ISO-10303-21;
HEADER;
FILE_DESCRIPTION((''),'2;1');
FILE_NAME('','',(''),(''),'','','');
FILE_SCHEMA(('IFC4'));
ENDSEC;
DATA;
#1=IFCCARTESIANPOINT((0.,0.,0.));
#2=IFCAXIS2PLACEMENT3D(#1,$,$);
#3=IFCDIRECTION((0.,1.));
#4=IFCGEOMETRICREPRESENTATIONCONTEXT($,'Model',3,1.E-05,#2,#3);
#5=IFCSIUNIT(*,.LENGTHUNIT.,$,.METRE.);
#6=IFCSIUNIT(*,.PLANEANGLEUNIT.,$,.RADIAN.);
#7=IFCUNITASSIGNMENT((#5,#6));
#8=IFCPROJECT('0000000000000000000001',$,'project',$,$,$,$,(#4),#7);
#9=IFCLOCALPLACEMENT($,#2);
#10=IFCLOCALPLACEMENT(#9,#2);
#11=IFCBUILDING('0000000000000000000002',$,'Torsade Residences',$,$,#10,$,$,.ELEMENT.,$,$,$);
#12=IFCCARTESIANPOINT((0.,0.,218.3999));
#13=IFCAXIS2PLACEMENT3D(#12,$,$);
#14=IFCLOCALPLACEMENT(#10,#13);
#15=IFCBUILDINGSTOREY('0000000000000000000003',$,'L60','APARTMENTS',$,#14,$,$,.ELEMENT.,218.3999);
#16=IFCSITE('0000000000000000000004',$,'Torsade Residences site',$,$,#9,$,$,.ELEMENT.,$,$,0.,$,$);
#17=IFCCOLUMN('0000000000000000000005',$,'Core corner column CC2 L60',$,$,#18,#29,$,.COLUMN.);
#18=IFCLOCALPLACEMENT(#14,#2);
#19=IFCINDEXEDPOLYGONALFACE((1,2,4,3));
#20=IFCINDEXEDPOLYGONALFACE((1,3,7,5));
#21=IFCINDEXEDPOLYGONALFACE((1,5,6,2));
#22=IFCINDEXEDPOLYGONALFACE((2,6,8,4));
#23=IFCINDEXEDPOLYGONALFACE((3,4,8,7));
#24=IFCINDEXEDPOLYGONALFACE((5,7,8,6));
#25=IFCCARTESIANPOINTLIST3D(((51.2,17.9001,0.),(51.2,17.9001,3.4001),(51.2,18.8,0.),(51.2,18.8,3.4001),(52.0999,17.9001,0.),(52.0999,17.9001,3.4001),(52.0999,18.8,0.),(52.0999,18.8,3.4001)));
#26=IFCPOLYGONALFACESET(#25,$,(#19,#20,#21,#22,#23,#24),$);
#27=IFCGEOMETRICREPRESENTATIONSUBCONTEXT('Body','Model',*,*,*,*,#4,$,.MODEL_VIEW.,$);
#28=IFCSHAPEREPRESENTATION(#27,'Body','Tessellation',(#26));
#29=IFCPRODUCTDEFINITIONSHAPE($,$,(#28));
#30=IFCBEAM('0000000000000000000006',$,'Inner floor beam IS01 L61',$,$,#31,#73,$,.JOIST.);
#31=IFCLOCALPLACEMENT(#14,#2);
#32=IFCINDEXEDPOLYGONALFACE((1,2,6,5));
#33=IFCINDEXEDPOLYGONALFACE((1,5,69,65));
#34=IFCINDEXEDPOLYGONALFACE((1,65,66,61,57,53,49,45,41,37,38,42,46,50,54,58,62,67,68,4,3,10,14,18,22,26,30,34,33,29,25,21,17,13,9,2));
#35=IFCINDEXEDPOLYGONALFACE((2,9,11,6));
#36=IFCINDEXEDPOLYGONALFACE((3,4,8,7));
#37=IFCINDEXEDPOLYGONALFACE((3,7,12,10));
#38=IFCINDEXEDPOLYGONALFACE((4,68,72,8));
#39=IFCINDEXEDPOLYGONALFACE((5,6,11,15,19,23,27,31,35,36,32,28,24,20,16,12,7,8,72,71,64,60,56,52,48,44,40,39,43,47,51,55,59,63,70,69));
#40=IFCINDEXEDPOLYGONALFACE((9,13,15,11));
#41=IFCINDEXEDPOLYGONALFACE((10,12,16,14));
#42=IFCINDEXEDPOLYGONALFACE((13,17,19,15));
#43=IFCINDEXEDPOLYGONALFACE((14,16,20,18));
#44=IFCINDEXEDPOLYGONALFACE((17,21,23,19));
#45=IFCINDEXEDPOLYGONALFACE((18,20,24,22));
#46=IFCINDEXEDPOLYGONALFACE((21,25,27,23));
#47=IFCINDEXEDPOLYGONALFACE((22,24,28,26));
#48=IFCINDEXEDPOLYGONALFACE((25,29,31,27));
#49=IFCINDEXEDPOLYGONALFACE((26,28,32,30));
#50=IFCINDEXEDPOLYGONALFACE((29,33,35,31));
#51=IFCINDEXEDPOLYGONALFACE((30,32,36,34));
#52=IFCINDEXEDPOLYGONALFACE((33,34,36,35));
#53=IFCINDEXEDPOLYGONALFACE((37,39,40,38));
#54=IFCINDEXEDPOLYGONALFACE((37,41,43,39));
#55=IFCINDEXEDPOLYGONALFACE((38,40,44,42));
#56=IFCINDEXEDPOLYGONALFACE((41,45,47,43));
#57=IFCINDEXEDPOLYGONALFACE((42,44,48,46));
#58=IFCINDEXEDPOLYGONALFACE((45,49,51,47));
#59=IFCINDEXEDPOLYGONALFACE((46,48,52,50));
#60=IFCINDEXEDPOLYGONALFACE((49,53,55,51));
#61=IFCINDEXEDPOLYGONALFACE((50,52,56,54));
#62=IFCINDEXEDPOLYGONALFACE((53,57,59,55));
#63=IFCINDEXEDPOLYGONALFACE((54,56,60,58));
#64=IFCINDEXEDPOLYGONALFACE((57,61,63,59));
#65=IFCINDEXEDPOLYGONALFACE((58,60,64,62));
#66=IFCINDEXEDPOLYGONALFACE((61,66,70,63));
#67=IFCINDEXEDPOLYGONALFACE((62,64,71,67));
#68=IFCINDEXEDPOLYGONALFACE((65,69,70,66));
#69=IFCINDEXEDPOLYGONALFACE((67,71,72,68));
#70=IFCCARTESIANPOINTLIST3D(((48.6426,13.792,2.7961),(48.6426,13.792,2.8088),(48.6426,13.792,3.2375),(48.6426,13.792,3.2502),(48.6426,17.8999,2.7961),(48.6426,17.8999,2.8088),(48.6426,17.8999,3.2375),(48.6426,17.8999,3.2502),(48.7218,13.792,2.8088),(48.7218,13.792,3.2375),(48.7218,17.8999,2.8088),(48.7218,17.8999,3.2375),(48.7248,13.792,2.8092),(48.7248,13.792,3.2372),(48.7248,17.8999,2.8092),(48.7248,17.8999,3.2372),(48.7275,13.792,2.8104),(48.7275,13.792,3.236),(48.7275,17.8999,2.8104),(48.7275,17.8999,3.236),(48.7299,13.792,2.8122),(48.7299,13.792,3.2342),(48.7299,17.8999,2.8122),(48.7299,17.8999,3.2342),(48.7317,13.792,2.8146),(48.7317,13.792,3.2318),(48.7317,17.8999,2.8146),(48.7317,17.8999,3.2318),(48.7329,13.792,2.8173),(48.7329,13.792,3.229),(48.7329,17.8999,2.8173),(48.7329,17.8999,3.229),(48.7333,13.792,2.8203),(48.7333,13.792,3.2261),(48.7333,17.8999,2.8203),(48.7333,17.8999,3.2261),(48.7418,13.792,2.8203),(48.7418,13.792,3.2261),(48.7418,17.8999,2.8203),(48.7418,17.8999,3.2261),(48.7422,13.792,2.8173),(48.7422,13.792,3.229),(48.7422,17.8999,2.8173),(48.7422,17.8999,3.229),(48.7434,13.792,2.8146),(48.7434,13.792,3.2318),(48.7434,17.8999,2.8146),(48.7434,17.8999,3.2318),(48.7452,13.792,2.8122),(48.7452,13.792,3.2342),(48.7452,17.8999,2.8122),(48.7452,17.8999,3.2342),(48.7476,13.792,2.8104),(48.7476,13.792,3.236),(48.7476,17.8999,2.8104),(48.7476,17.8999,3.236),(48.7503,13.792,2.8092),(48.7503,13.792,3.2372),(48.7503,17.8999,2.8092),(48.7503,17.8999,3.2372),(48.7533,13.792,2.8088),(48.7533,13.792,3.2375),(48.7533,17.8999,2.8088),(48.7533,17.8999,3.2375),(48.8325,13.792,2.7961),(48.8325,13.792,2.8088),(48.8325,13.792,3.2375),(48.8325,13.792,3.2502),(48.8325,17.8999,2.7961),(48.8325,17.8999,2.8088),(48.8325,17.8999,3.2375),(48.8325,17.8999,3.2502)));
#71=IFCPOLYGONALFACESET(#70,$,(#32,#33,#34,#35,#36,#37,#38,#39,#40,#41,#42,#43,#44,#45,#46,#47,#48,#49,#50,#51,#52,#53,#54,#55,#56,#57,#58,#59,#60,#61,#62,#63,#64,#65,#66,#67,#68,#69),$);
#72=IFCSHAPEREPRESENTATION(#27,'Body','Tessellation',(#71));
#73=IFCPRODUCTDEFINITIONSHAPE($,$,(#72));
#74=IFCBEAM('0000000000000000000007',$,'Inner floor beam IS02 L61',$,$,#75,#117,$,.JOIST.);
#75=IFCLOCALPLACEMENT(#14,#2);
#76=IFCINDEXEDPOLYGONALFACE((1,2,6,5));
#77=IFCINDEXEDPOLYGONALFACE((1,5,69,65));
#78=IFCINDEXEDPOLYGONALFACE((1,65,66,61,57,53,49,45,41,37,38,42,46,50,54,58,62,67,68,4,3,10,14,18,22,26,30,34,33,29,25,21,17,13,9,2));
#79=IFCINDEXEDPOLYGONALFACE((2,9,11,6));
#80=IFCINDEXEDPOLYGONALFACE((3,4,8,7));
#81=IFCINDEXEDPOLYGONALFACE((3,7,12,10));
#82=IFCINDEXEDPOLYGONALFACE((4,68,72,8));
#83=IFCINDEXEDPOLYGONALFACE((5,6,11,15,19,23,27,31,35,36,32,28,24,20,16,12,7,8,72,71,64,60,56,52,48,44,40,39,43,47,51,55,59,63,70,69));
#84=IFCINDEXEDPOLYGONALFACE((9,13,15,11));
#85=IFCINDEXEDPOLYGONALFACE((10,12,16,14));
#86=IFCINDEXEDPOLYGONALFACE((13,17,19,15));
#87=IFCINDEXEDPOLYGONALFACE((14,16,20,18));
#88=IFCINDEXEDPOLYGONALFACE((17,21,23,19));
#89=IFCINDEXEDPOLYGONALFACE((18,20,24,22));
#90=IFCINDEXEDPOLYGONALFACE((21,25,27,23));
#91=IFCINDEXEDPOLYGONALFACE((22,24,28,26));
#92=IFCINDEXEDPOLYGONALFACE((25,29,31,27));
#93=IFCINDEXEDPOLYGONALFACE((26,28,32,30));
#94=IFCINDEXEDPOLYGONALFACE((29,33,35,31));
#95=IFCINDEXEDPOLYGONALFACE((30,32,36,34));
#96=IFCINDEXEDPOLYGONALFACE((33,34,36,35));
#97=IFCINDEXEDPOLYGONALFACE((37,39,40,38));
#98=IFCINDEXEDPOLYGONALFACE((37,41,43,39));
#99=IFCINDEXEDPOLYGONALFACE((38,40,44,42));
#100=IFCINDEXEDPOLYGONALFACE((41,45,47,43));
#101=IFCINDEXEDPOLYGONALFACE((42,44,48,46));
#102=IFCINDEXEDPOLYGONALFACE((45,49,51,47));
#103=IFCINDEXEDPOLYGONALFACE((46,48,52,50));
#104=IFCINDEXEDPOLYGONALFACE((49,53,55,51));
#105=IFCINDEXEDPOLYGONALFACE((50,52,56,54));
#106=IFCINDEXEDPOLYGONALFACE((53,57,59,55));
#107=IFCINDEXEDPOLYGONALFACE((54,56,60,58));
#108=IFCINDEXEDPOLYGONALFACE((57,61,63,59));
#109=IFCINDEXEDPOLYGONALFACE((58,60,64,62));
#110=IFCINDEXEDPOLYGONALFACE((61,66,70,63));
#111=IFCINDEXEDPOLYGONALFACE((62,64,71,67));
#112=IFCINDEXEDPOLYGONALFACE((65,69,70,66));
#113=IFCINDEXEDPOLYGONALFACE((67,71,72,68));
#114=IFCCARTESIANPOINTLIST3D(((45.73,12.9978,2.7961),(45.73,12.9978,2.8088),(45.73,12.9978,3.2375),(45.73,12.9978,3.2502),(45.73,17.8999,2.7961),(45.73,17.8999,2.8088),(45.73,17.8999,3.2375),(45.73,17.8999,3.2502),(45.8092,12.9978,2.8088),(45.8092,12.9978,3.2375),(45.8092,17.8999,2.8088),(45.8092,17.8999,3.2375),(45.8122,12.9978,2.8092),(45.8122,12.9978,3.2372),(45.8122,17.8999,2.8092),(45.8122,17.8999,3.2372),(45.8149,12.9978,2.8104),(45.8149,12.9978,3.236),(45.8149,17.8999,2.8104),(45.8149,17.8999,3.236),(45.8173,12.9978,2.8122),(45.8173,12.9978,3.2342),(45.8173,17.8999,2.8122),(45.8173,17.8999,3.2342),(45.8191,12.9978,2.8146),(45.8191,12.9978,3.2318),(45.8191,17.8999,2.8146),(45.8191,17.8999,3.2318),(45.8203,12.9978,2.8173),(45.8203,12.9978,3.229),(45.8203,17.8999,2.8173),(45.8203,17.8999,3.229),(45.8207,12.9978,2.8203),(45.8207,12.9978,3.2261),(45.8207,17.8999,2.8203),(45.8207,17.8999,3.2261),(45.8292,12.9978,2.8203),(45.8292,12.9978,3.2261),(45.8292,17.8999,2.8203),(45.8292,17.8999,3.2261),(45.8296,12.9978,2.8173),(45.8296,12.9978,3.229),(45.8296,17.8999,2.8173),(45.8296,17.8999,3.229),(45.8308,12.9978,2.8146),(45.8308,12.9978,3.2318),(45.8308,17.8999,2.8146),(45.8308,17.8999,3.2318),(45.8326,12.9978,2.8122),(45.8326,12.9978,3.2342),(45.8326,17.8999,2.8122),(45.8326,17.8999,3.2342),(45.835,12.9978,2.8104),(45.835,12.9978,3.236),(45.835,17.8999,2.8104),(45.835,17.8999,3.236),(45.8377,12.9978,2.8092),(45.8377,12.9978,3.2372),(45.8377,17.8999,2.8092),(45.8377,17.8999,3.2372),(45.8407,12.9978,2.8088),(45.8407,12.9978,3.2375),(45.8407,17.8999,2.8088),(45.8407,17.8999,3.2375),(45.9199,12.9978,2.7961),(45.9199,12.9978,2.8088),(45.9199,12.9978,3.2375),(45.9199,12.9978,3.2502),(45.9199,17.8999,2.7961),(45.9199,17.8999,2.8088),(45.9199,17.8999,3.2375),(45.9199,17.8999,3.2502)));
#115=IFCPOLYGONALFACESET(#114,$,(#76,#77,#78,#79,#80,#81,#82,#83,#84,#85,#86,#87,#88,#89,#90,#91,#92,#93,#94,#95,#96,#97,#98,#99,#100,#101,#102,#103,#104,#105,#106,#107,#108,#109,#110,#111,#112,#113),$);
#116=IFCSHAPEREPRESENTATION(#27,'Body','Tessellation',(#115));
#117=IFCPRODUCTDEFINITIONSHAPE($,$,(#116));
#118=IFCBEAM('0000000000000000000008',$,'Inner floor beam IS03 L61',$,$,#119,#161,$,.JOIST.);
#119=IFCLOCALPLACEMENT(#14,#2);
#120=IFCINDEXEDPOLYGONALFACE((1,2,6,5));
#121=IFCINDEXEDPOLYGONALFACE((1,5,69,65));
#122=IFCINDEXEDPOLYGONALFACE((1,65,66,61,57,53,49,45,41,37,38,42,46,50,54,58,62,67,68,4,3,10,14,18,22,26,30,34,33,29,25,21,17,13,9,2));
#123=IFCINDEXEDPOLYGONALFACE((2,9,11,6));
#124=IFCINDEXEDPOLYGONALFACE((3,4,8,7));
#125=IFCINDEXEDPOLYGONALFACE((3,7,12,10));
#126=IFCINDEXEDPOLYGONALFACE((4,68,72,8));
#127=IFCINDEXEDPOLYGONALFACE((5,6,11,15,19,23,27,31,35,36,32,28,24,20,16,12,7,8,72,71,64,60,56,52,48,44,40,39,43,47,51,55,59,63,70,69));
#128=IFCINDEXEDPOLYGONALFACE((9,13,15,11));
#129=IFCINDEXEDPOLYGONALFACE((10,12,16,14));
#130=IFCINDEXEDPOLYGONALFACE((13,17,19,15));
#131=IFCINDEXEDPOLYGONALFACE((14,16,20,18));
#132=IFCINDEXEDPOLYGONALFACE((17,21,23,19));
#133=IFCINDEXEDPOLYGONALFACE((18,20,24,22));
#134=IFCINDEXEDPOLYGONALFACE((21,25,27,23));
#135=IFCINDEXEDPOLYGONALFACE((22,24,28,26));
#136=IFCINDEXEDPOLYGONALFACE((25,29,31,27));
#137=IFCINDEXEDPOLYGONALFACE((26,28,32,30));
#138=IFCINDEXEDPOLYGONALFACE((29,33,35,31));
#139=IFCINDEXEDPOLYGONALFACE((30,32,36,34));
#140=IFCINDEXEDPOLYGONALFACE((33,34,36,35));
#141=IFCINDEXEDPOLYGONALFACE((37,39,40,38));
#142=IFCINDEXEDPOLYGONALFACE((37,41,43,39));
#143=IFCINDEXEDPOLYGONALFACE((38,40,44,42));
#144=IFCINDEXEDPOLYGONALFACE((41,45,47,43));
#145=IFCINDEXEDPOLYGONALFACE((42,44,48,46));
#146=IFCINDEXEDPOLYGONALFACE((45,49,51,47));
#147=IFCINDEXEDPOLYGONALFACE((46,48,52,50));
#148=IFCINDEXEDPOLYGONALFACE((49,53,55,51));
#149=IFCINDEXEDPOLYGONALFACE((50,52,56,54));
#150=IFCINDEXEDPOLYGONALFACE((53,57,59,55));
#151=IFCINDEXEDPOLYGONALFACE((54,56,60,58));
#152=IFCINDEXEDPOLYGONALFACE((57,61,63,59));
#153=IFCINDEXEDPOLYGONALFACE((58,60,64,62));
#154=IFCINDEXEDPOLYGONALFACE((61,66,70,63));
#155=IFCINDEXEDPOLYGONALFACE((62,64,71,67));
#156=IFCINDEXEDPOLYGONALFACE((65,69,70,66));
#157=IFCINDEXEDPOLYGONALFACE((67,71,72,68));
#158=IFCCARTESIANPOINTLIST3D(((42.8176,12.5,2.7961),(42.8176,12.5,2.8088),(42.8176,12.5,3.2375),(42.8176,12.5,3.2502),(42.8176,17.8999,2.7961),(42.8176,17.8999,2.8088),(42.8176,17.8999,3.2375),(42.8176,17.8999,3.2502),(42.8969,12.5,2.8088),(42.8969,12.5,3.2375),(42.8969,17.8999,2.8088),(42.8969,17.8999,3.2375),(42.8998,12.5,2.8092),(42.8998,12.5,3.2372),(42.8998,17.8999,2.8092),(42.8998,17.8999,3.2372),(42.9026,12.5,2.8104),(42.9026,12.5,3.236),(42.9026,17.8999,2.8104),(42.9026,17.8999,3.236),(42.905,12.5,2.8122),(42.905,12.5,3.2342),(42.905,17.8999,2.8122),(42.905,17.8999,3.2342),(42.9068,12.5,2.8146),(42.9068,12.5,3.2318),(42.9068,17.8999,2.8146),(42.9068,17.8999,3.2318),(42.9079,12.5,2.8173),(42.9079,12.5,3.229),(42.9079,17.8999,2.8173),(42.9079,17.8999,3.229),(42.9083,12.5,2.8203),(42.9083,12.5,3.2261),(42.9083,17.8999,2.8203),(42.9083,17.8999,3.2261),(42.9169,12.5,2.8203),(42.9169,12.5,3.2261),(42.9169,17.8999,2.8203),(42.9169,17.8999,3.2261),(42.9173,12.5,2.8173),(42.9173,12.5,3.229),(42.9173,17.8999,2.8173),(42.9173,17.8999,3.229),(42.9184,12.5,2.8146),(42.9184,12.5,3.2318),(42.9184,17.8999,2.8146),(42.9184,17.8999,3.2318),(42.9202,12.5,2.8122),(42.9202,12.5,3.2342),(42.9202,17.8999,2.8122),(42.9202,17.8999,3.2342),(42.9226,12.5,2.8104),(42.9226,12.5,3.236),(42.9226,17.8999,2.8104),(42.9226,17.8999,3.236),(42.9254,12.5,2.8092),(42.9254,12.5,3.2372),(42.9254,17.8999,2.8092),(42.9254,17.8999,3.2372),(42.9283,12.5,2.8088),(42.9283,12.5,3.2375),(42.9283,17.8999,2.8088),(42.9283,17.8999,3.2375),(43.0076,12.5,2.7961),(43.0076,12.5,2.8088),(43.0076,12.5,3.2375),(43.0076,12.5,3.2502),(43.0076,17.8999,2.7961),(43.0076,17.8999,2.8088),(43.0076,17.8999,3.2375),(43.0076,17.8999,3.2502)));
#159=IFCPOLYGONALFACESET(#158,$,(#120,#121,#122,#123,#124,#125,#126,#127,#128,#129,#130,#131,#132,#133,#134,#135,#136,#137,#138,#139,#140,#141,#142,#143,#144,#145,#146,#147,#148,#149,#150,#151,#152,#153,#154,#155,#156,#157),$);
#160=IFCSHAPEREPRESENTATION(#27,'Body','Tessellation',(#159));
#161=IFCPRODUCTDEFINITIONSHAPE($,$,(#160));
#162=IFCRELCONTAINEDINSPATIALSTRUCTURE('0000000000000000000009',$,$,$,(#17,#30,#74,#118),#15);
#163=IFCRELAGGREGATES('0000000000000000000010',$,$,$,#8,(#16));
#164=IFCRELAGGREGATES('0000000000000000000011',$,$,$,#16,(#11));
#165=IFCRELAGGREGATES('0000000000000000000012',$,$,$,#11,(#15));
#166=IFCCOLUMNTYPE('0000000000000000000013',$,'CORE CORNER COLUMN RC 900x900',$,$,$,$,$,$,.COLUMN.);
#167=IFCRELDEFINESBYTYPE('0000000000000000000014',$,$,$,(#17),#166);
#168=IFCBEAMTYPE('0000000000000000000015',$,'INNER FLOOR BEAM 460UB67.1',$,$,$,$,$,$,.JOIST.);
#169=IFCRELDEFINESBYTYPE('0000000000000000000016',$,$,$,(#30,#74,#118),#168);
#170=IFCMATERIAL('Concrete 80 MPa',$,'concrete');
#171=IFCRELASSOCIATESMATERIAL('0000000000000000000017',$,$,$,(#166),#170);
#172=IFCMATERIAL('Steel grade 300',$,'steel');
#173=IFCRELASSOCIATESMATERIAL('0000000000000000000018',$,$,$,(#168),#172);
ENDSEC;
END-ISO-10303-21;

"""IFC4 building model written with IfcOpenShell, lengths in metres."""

from ifc_helpers import new_model, si_unit, direction, frame, origin, origin_2d, place, context, subcontext, project, spatial, rectangle, i_section, extrude, material, material_profile, profile_set, type_object, element, save


model = new_model("IFC4")

# Units and contexts
model_context = context("Model", 3, precision=1e-05, world=origin(), true_north=direction((0.0, 1.0)))
body_context = subcontext(model_context, "Body", "Model", "MODEL_VIEW")
ifc_project = project(units=[si_unit("LENGTHUNIT", "METRE"), si_unit("PLANEANGLEUNIT", "RADIAN")], contexts=[model_context])

# Site, building, storey
site_placement = place(None, origin())
site = spatial("IfcSite", under=ifc_project, at=site_placement, Name="Torsade Residences site", CompositionType="ELEMENT", RefElevation=0.0)
building_placement = place(site_placement, origin())
building = spatial("IfcBuilding", under=site, at=building_placement, Name="Torsade Residences", CompositionType="ELEMENT")
storey_placement = place(building_placement, frame((0.0, 0.0, 218.3999)))
storey = spatial("IfcBuildingStorey", under=building, at=storey_placement, Name="L60", Description="APARTMENTS", CompositionType="ELEMENT", Elevation=218.3999)

# Column
ifc_material_1 = material(Name="Concrete 80 MPa", Category="concrete")
ifc_material_profile_1 = material_profile(ifc_material_1, rectangle(XDim=0.8999, YDim=0.8999, at=origin_2d()), Name="RC 900x900")
ifc_profile_set_1 = profile_set([ifc_material_profile_1], Name="Concrete 80 MPa")
column_type = type_object("IfcColumnType", Name="CORE CORNER COLUMN RC 900x900", PredefinedType="COLUMN", material=ifc_profile_set_1)
column_placement = place(storey_placement, frame((51.6499, 18.3501, 0.0), z_axis=(0.0, 0.0, 1.0), x_axis=(1.0, 0.0, 0.0)))
element("IfcColumn", 1, at=column_placement, inside=storey, type_object=column_type, Name="Core corner column CC2 L60", PredefinedType="COLUMN", context=body_context, shape_type="SweptSolid", body=[
    extrude(rectangle(XDim=0.8999, YDim=0.8999, at=origin_2d()), origin(), (0.0, 0.0, 1.0), 3.4001),
])

# Beams
ifc_material_2 = material(Name="Steel grade 300", Category="steel")
ifc_material_profile_2 = material_profile(ifc_material_2, i_section(OverallWidth=0.1899, OverallDepth=0.4541, WebThickness=0.0085, FlangeThickness=0.0127, FilletRadius=0.0115, at=origin_2d()), Name="460UB67.1")
ifc_profile_set_2 = profile_set([ifc_material_profile_2], Name="Steel grade 300")
beam_type_1 = type_object("IfcBeamType", Name="INNER FLOOR BEAM 460UB67.1", PredefinedType="JOIST", material=ifc_profile_set_2)
beam_1_placement = place(storey_placement, frame((48.7375, 17.8999, 3.0232), z_axis=(0.0, -1.0, 0.0), x_axis=(1.0, 0.0, 0.0)))
element("IfcBeam", 2, at=beam_1_placement, inside=storey, type_object=beam_type_1, Name="Inner floor beam IS01 L61", PredefinedType="JOIST", context=body_context, shape_type="SweptSolid", body=[
    extrude(i_section(OverallWidth=0.1899, OverallDepth=0.4541, WebThickness=0.0085, FlangeThickness=0.0127, FilletRadius=0.0115, at=origin_2d()), origin(), (0.0, 0.0, 1.0), 4.1079),
])
beam_2_placement = place(storey_placement, frame((45.825, 17.8999, 3.0232), z_axis=(0.0, -1.0, 0.0), x_axis=(1.0, 0.0, 0.0)))
element("IfcBeam", 3, at=beam_2_placement, inside=storey, type_object=beam_type_1, Name="Inner floor beam IS02 L61", PredefinedType="JOIST", context=body_context, shape_type="SweptSolid", body=[
    extrude(i_section(OverallWidth=0.1899, OverallDepth=0.4541, WebThickness=0.0085, FlangeThickness=0.0127, FilletRadius=0.0115, at=origin_2d()), origin(), (0.0, 0.0, 1.0), 4.9021),
])
for number, where, z_axis, x_axis, name in (
    (4, (42.9126, 17.8999, 3.0232), (0.0, -1.0, 0.0), (1.0, 0.0, 0.0), "Inner floor beam IS03 L61"),
):
    element("IfcBeam", number, at=place(storey_placement, frame(where, z_axis=z_axis, x_axis=x_axis)), inside=storey, type_object=beam_type_1, Name=name, PredefinedType="JOIST", context=body_context, shape_type="SweptSolid", body=[
        extrude(i_section(OverallWidth=0.1899, OverallDepth=0.4541, WebThickness=0.0085, FlangeThickness=0.0127, FilletRadius=0.0115, at=origin_2d()), origin(), (0.0, 0.0, 1.0), 5.3999),
    ])

save(model, "model.ifc")
